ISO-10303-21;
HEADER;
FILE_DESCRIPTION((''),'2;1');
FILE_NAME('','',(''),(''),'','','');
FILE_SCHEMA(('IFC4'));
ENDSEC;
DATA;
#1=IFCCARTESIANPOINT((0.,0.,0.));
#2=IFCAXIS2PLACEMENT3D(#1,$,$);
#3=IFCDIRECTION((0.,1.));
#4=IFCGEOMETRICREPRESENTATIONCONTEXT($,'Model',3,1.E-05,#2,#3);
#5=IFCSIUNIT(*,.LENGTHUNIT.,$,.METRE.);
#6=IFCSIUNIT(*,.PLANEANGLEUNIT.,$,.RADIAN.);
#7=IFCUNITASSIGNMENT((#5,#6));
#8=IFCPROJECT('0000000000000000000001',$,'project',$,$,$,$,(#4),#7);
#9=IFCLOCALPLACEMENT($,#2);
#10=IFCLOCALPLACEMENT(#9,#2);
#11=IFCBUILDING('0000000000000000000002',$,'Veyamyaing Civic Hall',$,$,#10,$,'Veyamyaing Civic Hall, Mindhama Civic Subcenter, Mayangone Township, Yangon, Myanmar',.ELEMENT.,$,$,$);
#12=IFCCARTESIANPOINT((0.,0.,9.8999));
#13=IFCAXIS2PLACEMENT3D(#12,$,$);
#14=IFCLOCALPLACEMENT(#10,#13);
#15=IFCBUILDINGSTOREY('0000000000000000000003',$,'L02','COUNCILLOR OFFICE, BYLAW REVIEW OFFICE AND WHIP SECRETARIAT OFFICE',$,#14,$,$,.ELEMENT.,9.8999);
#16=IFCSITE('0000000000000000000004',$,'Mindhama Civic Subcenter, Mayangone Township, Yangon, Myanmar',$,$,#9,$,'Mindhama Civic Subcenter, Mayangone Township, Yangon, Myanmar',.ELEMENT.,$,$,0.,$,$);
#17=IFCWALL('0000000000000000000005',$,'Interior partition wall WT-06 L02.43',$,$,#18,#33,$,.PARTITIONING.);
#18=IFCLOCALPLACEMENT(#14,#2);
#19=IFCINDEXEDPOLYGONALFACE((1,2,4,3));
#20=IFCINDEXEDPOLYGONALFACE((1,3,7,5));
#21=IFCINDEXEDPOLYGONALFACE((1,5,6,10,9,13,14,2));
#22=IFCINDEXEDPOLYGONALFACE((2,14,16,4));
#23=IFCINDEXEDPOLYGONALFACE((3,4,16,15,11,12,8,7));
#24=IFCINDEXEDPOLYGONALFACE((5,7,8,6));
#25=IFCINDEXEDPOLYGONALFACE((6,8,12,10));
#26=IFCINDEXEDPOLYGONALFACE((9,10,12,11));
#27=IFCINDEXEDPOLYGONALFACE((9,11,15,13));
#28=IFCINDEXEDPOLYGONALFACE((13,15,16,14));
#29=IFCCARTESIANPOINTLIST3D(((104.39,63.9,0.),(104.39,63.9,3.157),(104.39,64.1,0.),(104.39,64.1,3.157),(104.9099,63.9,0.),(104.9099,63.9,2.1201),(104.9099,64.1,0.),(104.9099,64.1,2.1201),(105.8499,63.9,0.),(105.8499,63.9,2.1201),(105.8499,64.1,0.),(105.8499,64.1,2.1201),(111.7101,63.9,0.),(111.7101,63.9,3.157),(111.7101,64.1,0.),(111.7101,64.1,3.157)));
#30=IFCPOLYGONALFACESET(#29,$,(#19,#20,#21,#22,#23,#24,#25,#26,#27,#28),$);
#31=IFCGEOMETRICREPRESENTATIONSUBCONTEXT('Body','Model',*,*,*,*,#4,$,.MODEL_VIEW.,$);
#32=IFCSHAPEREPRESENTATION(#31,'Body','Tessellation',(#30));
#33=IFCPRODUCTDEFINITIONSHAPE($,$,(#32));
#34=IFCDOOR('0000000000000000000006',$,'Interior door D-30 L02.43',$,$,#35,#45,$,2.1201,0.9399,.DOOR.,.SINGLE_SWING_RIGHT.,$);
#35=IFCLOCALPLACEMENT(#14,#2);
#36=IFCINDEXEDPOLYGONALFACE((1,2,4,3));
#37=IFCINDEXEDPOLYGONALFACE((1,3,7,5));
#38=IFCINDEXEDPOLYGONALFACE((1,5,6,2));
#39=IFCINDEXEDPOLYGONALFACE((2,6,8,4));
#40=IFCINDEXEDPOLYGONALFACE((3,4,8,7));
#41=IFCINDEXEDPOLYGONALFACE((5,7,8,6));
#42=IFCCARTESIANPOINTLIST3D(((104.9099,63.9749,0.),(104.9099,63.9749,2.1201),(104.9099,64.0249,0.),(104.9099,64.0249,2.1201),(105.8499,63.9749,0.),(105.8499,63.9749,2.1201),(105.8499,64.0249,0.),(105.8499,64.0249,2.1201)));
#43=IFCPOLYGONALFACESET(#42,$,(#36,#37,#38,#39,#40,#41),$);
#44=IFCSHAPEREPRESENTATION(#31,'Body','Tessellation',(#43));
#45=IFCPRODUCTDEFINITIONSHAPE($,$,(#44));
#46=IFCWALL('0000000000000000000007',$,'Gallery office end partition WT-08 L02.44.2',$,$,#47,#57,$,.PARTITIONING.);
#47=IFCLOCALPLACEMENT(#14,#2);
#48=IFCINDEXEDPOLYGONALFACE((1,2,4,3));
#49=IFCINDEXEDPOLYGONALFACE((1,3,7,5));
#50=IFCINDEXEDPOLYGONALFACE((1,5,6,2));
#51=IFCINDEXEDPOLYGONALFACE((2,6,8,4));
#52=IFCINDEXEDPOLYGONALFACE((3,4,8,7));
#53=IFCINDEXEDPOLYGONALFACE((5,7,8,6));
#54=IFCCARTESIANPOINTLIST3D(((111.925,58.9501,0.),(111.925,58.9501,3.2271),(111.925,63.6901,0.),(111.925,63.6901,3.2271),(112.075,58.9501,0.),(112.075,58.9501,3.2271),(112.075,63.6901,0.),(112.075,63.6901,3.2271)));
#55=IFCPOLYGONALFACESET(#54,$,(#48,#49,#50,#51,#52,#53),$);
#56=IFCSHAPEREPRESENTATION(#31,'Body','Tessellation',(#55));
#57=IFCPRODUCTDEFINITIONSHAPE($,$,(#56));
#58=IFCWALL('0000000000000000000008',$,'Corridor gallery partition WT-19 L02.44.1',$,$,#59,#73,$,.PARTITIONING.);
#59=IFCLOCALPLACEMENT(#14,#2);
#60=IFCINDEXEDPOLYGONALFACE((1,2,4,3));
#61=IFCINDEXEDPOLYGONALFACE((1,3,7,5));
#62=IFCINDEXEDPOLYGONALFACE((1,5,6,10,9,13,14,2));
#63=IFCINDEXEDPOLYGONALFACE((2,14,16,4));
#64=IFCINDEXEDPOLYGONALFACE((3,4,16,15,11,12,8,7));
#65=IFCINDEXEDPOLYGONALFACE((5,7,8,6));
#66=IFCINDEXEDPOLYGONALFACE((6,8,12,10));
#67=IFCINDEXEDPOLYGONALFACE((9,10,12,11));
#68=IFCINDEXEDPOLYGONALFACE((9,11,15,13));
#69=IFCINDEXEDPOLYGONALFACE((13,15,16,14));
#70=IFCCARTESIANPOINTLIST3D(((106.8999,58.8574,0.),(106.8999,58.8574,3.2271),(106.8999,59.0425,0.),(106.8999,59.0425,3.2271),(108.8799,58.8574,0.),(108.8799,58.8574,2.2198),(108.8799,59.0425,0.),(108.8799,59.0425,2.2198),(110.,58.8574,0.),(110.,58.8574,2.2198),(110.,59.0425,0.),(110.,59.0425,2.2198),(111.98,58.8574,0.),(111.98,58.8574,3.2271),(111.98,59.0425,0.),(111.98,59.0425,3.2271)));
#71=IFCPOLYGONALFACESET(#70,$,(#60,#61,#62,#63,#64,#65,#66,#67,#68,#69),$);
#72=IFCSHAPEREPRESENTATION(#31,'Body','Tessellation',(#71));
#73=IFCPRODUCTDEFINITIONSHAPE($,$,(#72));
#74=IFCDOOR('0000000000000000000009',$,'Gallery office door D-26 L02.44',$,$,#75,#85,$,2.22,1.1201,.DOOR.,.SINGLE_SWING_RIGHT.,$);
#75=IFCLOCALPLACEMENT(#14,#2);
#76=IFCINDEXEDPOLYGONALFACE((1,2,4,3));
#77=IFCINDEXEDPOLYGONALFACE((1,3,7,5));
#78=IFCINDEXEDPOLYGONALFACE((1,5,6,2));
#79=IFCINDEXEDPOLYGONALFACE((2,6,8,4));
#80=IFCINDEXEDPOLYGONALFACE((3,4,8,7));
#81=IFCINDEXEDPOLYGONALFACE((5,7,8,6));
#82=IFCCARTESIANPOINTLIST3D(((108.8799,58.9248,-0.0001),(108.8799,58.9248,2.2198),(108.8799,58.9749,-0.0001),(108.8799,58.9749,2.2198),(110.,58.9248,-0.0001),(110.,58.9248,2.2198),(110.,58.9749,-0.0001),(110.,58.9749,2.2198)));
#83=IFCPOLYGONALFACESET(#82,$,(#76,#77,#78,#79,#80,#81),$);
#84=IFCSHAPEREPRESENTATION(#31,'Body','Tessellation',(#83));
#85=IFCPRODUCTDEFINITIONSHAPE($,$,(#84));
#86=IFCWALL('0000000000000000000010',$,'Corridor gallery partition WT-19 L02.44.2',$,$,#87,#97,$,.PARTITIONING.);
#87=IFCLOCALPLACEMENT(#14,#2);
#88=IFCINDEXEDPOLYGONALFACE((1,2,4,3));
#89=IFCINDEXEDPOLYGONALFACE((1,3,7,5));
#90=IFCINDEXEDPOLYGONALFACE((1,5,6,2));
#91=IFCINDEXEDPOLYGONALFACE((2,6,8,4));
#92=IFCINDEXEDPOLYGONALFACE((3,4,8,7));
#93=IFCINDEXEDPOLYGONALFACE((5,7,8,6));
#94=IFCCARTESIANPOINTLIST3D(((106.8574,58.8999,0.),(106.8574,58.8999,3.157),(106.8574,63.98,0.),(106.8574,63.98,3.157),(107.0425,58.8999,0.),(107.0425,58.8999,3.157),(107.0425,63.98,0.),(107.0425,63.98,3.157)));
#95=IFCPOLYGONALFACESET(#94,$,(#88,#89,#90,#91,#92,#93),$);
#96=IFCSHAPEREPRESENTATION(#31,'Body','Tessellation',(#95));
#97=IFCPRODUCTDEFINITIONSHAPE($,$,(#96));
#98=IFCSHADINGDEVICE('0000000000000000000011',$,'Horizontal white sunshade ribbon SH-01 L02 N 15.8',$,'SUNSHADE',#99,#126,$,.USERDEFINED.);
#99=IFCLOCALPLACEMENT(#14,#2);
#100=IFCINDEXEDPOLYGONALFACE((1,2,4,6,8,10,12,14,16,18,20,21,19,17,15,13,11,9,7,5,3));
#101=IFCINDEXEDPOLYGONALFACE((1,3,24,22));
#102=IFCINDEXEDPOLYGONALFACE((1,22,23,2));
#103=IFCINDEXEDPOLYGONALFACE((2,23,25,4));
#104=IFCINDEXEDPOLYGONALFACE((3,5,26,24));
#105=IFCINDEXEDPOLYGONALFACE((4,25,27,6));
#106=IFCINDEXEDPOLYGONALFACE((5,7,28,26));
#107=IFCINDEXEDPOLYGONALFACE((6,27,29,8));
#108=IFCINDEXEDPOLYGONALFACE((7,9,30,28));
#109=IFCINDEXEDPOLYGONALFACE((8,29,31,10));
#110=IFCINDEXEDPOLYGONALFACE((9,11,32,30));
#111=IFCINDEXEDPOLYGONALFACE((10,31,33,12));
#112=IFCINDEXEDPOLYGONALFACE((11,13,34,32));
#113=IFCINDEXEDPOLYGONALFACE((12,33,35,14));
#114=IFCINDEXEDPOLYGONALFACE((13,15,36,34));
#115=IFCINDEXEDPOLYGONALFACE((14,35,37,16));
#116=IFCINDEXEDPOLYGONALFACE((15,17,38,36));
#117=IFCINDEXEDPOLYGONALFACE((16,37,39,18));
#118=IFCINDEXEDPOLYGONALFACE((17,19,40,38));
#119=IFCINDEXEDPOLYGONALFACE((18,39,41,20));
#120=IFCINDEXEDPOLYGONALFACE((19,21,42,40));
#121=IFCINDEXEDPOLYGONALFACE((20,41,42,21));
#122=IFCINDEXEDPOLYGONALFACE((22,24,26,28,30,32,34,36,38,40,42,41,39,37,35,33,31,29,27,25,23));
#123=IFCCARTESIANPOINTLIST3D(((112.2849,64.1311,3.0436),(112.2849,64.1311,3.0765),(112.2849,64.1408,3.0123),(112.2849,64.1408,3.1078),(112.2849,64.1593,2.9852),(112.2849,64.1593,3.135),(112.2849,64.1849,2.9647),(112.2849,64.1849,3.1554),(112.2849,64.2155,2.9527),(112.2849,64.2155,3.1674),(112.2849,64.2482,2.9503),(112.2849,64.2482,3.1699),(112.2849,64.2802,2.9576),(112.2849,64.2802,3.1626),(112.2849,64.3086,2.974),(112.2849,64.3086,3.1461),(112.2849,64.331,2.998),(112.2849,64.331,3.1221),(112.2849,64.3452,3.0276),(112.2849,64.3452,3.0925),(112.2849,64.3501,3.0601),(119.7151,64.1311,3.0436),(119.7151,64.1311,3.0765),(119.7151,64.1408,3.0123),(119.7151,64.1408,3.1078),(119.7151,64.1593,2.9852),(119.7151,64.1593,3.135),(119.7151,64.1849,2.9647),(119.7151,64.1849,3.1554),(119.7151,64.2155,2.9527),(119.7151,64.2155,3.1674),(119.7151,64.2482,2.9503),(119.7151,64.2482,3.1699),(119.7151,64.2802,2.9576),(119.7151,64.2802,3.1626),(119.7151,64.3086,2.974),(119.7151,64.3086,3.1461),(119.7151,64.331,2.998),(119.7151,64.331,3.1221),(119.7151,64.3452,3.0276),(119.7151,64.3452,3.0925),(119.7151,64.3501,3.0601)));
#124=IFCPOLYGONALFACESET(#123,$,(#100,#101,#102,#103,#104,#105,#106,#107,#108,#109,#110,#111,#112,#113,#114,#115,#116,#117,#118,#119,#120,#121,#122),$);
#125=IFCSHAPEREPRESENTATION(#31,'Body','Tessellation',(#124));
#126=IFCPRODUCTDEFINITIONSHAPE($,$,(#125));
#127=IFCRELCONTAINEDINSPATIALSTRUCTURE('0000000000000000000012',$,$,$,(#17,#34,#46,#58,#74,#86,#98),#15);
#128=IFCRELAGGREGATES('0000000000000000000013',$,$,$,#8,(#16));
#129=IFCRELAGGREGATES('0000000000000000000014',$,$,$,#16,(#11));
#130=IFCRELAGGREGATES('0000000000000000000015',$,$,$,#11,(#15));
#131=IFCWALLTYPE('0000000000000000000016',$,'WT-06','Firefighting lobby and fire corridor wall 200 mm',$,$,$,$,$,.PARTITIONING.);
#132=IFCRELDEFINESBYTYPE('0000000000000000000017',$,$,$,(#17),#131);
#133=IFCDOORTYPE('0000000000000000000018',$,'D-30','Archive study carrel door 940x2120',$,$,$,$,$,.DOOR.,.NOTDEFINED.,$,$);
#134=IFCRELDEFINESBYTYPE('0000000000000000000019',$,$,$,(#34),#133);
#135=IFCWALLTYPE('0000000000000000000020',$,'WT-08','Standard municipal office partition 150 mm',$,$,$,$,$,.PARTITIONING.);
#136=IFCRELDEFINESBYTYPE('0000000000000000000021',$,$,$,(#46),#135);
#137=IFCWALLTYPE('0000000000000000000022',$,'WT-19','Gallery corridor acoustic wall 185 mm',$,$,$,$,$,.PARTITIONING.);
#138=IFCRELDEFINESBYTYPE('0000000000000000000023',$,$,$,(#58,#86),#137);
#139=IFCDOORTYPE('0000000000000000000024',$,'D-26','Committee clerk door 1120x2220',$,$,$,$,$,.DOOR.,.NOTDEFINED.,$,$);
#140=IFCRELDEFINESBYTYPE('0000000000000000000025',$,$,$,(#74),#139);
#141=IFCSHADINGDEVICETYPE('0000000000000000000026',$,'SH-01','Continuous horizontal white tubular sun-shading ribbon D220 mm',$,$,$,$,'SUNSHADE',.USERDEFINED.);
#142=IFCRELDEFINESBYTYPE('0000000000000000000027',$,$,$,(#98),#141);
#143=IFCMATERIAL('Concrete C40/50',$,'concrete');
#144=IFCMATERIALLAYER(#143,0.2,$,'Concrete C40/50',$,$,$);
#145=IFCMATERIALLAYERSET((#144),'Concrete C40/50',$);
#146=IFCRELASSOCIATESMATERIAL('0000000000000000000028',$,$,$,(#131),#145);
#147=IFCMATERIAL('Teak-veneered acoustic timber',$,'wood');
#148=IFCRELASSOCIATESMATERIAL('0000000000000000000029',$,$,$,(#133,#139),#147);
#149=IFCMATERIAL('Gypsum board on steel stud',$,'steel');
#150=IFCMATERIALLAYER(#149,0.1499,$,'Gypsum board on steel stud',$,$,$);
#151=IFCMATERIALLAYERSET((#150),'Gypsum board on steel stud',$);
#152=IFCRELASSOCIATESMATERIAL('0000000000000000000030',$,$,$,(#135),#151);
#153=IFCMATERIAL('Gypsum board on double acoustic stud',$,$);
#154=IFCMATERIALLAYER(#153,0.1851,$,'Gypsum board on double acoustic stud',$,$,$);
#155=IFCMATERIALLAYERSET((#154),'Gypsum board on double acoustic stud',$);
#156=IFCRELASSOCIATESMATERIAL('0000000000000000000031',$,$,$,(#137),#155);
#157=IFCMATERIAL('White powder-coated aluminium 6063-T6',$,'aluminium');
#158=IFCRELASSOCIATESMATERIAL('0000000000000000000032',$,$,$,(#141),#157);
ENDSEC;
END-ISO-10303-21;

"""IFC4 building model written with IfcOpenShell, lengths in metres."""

from ifc_helpers import new_model, si_unit, direction, frame, frame_2d, origin, origin_2d, place, context, subcontext, project, spatial, rectangle, circle, extrude, material, layer, layer_set, material_profile, profile_set, type_object, element, fill, save


model = new_model("IFC4")

# Units and contexts
model_context = context("Model", 3, precision=1e-05, world=origin(), true_north=direction((0.0, 1.0)))
body_context = subcontext(model_context, "Body", "Model", "MODEL_VIEW")
ifc_project = project(units=[si_unit("LENGTHUNIT", "METRE"), si_unit("PLANEANGLEUNIT", "RADIAN")], contexts=[model_context])

# Site, building, storey
site_placement = place(None, origin())
site = spatial("IfcSite", under=ifc_project, at=site_placement, Name="Mindhama Civic Subcenter, Mayangone Township, Yangon, Myanmar", LongName="Mindhama Civic Subcenter, Mayangone Township, Yangon, Myanmar", CompositionType="ELEMENT", RefElevation=0.0)
building_placement = place(site_placement, origin())
building = spatial("IfcBuilding", under=site, at=building_placement, Name="Veyamyaing Civic Hall", LongName="Veyamyaing Civic Hall, Mindhama Civic Subcenter, Mayangone Township, Yangon, Myanmar", CompositionType="ELEMENT")
storey_placement = place(building_placement, frame((0.0, 0.0, 9.8999)))
storey = spatial("IfcBuildingStorey", under=building, at=storey_placement, Name="L02", Description="COUNCILLOR OFFICE, BYLAW REVIEW OFFICE AND WHIP SECRETARIAT OFFICE", CompositionType="ELEMENT", Elevation=9.8999)

# Wall, opening, door
ifc_material_1 = material(Name="Concrete C40/50", Category="concrete")
ifc_layer_1 = layer(ifc_material_1, 0.2, Name="Concrete C40/50")
ifc_layer_set_1 = layer_set([ifc_layer_1], Name="Concrete C40/50")
wall_type_1 = type_object("IfcWallType", Name="WT-06", Description="Firefighting lobby and fire corridor wall 200 mm", PredefinedType="PARTITIONING", material=ifc_layer_set_1)
wall_1_placement = place(storey_placement, frame((104.3899, 64.0, 0.0), z_axis=(0.0, 0.0, 1.0), x_axis=(1.0, 0.0, 0.0)))
wall_1 = element("IfcWall", 1, at=wall_1_placement, inside=storey, type_object=wall_type_1, Name="Interior partition wall WT-06 L02.43", PredefinedType="PARTITIONING", context=body_context, shape_type="SweptSolid", body=[
    extrude(rectangle(XDim=7.3201, YDim=0.2, at=frame_2d((3.6602, 0.0))), origin(), (0.0, 0.0, 1.0), 3.157),
])
opening_1_placement = place(wall_1_placement, frame((0.52, 0.0, 0.0)))
opening_1 = element("IfcOpeningElement", 2, at=opening_1_placement, cuts=wall_1, PredefinedType="OPENING", context=body_context, shape_type="SweptSolid", body=[
    extrude(rectangle(XDim=0.9399, YDim=2.1201, at=frame_2d((0.47, 1.0601))), frame((0.0, 0.1099, 0.0), z_axis=(0.0, -1.0, 0.0), x_axis=(1.0, 0.0, 0.0)), (0.0, 0.0, 1.0), 0.22),
])
ifc_material_2 = material(Name="Teak-veneered acoustic timber", Category="wood")
door_type_1 = type_object("IfcDoorType", Name="D-30", Description="Archive study carrel door 940x2120", OperationType="NOTDEFINED", PredefinedType="DOOR", material=ifc_material_2)
door_1_placement = place(opening_1_placement, origin())
door_1 = element("IfcDoor", 3, at=door_1_placement, inside=storey, type_object=door_type_1, Name="Interior door D-30 L02.43", OperationType="SINGLE_SWING_RIGHT", OverallHeight=2.1201, OverallWidth=0.9399, PredefinedType="DOOR", context=body_context, shape_type="SweptSolid", body=[
    extrude(rectangle(XDim=0.9399, YDim=2.1201, at=frame_2d((0.47, 1.0601))), frame((0.0, 0.0249, 0.0), z_axis=(0.0, -1.0, 0.0), x_axis=(1.0, 0.0, 0.0)), (0.0, 0.0, 1.0), 0.05),
])
fill(opening_1, door_1)

# Wall
ifc_material_3 = material(Name="Gypsum board on steel stud", Category="steel")
ifc_layer_2 = layer(ifc_material_3, 0.1499, Name="Gypsum board on steel stud")
ifc_layer_set_2 = layer_set([ifc_layer_2], Name="Gypsum board on steel stud")
wall_type_2 = type_object("IfcWallType", Name="WT-08", Description="Standard municipal office partition 150 mm", PredefinedType="PARTITIONING", material=ifc_layer_set_2)
wall_2_placement = place(storey_placement, frame((112.0, 58.95, 0.0), z_axis=(0.0, 0.0, 1.0), x_axis=(0.0, 1.0, 0.0)))
element("IfcWall", 4, at=wall_2_placement, inside=storey, type_object=wall_type_2, Name="Gallery office end partition WT-08 L02.44.2", PredefinedType="PARTITIONING", context=body_context, shape_type="SweptSolid", body=[
    extrude(rectangle(XDim=4.74, YDim=0.1499, at=frame_2d((2.3701, 0.0))), origin(), (0.0, 0.0, 1.0), 3.2271),
])

# Wall, opening, door
ifc_material_4 = material(Name="Gypsum board on double acoustic stud")
ifc_layer_3 = layer(ifc_material_4, 0.1851, Name="Gypsum board on double acoustic stud")
ifc_layer_set_3 = layer_set([ifc_layer_3], Name="Gypsum board on double acoustic stud")
wall_type_3 = type_object("IfcWallType", Name="WT-19", Description="Gallery corridor acoustic wall 185 mm", PredefinedType="PARTITIONING", material=ifc_layer_set_3)
wall_3_placement = place(storey_placement, frame((106.8999, 58.95, 0.0), z_axis=(0.0, 0.0, 1.0), x_axis=(1.0, 0.0, 0.0)))
wall_3 = element("IfcWall", 5, at=wall_3_placement, inside=storey, type_object=wall_type_3, Name="Corridor gallery partition WT-19 L02.44.1", PredefinedType="PARTITIONING", context=body_context, shape_type="SweptSolid", body=[
    extrude(rectangle(XDim=5.0801, YDim=0.1851, at=frame_2d((2.54, 0.0))), origin(), (0.0, 0.0, 1.0), 3.2271),
])
opening_2_placement = place(wall_3_placement, frame((1.98, 0.0, 0.0)))
opening_2 = element("IfcOpeningElement", 6, at=opening_2_placement, cuts=wall_3, PredefinedType="OPENING", context=body_context, shape_type="SweptSolid", body=[
    extrude(rectangle(XDim=1.1201, YDim=2.22, at=frame_2d((0.5601, 1.1099))), frame((0.0, 0.1025, 0.0), z_axis=(0.0, -1.0, 0.0), x_axis=(1.0, 0.0, 0.0)), (0.0, 0.0, 1.0), 0.2051),
])
door_type_2 = type_object("IfcDoorType", Name="D-26", Description="Committee clerk door 1120x2220", OperationType="NOTDEFINED", PredefinedType="DOOR", material=ifc_material_2)
door_2_placement = place(opening_2_placement, origin())
door_2 = element("IfcDoor", 7, at=door_2_placement, inside=storey, type_object=door_type_2, Name="Gallery office door D-26 L02.44", OperationType="SINGLE_SWING_RIGHT", OverallHeight=2.22, OverallWidth=1.1201, PredefinedType="DOOR", context=body_context, shape_type="SweptSolid", body=[
    extrude(rectangle(XDim=1.1201, YDim=2.22, at=frame_2d((0.5601, 1.1099))), frame((0.0, 0.0249, 0.0), z_axis=(0.0, -1.0, 0.0), x_axis=(1.0, 0.0, 0.0)), (0.0, 0.0, 1.0), 0.05),
])
fill(opening_2, door_2)

# Wall
wall_4_placement = place(storey_placement, frame((106.95, 58.8999, 0.0), z_axis=(0.0, 0.0, 1.0), x_axis=(0.0, 1.0, 0.0)))
element("IfcWall", 8, at=wall_4_placement, inside=storey, type_object=wall_type_3, Name="Corridor gallery partition WT-19 L02.44.2", PredefinedType="PARTITIONING", context=body_context, shape_type="SweptSolid", body=[
    extrude(rectangle(XDim=5.0801, YDim=0.1851, at=frame_2d((2.54, 0.0))), origin(), (0.0, 0.0, 1.0), 3.157),
])

# Shading device
ifc_material_5 = material(Name="White powder-coated aluminium 6063-T6", Category="aluminium")
ifc_material_profile_1 = material_profile(ifc_material_5, circle(Radius=0.1101, at=origin_2d()), Name="SHADE-TUBE-220")
ifc_profile_set_1 = profile_set([ifc_material_profile_1], Name="White powder-coated aluminium 6063-T6")
shading_device_type = type_object("IfcShadingDeviceType", Name="SH-01", Description="Continuous horizontal white tubular sun-shading ribbon D220 mm", ElementType="SUNSHADE", PredefinedType="USERDEFINED", material=ifc_profile_set_1)
shading_device_placement = place(storey_placement, frame((112.2849, 64.24, 3.0601), z_axis=(1.0, 0.0, 0.0), x_axis=(0.0, 1.0, 0.0)))
element("IfcShadingDevice", 9, at=shading_device_placement, inside=storey, type_object=shading_device_type, Name="Horizontal white sunshade ribbon SH-01 L02 N 15.8", ObjectType="SUNSHADE", PredefinedType="USERDEFINED", context=body_context, shape_type="SweptSolid", body=[
    extrude(circle(Radius=0.1101, at=origin_2d()), origin(), (0.0, 0.0, 1.0), 7.4302),
])

save(model, "model.ifc")
